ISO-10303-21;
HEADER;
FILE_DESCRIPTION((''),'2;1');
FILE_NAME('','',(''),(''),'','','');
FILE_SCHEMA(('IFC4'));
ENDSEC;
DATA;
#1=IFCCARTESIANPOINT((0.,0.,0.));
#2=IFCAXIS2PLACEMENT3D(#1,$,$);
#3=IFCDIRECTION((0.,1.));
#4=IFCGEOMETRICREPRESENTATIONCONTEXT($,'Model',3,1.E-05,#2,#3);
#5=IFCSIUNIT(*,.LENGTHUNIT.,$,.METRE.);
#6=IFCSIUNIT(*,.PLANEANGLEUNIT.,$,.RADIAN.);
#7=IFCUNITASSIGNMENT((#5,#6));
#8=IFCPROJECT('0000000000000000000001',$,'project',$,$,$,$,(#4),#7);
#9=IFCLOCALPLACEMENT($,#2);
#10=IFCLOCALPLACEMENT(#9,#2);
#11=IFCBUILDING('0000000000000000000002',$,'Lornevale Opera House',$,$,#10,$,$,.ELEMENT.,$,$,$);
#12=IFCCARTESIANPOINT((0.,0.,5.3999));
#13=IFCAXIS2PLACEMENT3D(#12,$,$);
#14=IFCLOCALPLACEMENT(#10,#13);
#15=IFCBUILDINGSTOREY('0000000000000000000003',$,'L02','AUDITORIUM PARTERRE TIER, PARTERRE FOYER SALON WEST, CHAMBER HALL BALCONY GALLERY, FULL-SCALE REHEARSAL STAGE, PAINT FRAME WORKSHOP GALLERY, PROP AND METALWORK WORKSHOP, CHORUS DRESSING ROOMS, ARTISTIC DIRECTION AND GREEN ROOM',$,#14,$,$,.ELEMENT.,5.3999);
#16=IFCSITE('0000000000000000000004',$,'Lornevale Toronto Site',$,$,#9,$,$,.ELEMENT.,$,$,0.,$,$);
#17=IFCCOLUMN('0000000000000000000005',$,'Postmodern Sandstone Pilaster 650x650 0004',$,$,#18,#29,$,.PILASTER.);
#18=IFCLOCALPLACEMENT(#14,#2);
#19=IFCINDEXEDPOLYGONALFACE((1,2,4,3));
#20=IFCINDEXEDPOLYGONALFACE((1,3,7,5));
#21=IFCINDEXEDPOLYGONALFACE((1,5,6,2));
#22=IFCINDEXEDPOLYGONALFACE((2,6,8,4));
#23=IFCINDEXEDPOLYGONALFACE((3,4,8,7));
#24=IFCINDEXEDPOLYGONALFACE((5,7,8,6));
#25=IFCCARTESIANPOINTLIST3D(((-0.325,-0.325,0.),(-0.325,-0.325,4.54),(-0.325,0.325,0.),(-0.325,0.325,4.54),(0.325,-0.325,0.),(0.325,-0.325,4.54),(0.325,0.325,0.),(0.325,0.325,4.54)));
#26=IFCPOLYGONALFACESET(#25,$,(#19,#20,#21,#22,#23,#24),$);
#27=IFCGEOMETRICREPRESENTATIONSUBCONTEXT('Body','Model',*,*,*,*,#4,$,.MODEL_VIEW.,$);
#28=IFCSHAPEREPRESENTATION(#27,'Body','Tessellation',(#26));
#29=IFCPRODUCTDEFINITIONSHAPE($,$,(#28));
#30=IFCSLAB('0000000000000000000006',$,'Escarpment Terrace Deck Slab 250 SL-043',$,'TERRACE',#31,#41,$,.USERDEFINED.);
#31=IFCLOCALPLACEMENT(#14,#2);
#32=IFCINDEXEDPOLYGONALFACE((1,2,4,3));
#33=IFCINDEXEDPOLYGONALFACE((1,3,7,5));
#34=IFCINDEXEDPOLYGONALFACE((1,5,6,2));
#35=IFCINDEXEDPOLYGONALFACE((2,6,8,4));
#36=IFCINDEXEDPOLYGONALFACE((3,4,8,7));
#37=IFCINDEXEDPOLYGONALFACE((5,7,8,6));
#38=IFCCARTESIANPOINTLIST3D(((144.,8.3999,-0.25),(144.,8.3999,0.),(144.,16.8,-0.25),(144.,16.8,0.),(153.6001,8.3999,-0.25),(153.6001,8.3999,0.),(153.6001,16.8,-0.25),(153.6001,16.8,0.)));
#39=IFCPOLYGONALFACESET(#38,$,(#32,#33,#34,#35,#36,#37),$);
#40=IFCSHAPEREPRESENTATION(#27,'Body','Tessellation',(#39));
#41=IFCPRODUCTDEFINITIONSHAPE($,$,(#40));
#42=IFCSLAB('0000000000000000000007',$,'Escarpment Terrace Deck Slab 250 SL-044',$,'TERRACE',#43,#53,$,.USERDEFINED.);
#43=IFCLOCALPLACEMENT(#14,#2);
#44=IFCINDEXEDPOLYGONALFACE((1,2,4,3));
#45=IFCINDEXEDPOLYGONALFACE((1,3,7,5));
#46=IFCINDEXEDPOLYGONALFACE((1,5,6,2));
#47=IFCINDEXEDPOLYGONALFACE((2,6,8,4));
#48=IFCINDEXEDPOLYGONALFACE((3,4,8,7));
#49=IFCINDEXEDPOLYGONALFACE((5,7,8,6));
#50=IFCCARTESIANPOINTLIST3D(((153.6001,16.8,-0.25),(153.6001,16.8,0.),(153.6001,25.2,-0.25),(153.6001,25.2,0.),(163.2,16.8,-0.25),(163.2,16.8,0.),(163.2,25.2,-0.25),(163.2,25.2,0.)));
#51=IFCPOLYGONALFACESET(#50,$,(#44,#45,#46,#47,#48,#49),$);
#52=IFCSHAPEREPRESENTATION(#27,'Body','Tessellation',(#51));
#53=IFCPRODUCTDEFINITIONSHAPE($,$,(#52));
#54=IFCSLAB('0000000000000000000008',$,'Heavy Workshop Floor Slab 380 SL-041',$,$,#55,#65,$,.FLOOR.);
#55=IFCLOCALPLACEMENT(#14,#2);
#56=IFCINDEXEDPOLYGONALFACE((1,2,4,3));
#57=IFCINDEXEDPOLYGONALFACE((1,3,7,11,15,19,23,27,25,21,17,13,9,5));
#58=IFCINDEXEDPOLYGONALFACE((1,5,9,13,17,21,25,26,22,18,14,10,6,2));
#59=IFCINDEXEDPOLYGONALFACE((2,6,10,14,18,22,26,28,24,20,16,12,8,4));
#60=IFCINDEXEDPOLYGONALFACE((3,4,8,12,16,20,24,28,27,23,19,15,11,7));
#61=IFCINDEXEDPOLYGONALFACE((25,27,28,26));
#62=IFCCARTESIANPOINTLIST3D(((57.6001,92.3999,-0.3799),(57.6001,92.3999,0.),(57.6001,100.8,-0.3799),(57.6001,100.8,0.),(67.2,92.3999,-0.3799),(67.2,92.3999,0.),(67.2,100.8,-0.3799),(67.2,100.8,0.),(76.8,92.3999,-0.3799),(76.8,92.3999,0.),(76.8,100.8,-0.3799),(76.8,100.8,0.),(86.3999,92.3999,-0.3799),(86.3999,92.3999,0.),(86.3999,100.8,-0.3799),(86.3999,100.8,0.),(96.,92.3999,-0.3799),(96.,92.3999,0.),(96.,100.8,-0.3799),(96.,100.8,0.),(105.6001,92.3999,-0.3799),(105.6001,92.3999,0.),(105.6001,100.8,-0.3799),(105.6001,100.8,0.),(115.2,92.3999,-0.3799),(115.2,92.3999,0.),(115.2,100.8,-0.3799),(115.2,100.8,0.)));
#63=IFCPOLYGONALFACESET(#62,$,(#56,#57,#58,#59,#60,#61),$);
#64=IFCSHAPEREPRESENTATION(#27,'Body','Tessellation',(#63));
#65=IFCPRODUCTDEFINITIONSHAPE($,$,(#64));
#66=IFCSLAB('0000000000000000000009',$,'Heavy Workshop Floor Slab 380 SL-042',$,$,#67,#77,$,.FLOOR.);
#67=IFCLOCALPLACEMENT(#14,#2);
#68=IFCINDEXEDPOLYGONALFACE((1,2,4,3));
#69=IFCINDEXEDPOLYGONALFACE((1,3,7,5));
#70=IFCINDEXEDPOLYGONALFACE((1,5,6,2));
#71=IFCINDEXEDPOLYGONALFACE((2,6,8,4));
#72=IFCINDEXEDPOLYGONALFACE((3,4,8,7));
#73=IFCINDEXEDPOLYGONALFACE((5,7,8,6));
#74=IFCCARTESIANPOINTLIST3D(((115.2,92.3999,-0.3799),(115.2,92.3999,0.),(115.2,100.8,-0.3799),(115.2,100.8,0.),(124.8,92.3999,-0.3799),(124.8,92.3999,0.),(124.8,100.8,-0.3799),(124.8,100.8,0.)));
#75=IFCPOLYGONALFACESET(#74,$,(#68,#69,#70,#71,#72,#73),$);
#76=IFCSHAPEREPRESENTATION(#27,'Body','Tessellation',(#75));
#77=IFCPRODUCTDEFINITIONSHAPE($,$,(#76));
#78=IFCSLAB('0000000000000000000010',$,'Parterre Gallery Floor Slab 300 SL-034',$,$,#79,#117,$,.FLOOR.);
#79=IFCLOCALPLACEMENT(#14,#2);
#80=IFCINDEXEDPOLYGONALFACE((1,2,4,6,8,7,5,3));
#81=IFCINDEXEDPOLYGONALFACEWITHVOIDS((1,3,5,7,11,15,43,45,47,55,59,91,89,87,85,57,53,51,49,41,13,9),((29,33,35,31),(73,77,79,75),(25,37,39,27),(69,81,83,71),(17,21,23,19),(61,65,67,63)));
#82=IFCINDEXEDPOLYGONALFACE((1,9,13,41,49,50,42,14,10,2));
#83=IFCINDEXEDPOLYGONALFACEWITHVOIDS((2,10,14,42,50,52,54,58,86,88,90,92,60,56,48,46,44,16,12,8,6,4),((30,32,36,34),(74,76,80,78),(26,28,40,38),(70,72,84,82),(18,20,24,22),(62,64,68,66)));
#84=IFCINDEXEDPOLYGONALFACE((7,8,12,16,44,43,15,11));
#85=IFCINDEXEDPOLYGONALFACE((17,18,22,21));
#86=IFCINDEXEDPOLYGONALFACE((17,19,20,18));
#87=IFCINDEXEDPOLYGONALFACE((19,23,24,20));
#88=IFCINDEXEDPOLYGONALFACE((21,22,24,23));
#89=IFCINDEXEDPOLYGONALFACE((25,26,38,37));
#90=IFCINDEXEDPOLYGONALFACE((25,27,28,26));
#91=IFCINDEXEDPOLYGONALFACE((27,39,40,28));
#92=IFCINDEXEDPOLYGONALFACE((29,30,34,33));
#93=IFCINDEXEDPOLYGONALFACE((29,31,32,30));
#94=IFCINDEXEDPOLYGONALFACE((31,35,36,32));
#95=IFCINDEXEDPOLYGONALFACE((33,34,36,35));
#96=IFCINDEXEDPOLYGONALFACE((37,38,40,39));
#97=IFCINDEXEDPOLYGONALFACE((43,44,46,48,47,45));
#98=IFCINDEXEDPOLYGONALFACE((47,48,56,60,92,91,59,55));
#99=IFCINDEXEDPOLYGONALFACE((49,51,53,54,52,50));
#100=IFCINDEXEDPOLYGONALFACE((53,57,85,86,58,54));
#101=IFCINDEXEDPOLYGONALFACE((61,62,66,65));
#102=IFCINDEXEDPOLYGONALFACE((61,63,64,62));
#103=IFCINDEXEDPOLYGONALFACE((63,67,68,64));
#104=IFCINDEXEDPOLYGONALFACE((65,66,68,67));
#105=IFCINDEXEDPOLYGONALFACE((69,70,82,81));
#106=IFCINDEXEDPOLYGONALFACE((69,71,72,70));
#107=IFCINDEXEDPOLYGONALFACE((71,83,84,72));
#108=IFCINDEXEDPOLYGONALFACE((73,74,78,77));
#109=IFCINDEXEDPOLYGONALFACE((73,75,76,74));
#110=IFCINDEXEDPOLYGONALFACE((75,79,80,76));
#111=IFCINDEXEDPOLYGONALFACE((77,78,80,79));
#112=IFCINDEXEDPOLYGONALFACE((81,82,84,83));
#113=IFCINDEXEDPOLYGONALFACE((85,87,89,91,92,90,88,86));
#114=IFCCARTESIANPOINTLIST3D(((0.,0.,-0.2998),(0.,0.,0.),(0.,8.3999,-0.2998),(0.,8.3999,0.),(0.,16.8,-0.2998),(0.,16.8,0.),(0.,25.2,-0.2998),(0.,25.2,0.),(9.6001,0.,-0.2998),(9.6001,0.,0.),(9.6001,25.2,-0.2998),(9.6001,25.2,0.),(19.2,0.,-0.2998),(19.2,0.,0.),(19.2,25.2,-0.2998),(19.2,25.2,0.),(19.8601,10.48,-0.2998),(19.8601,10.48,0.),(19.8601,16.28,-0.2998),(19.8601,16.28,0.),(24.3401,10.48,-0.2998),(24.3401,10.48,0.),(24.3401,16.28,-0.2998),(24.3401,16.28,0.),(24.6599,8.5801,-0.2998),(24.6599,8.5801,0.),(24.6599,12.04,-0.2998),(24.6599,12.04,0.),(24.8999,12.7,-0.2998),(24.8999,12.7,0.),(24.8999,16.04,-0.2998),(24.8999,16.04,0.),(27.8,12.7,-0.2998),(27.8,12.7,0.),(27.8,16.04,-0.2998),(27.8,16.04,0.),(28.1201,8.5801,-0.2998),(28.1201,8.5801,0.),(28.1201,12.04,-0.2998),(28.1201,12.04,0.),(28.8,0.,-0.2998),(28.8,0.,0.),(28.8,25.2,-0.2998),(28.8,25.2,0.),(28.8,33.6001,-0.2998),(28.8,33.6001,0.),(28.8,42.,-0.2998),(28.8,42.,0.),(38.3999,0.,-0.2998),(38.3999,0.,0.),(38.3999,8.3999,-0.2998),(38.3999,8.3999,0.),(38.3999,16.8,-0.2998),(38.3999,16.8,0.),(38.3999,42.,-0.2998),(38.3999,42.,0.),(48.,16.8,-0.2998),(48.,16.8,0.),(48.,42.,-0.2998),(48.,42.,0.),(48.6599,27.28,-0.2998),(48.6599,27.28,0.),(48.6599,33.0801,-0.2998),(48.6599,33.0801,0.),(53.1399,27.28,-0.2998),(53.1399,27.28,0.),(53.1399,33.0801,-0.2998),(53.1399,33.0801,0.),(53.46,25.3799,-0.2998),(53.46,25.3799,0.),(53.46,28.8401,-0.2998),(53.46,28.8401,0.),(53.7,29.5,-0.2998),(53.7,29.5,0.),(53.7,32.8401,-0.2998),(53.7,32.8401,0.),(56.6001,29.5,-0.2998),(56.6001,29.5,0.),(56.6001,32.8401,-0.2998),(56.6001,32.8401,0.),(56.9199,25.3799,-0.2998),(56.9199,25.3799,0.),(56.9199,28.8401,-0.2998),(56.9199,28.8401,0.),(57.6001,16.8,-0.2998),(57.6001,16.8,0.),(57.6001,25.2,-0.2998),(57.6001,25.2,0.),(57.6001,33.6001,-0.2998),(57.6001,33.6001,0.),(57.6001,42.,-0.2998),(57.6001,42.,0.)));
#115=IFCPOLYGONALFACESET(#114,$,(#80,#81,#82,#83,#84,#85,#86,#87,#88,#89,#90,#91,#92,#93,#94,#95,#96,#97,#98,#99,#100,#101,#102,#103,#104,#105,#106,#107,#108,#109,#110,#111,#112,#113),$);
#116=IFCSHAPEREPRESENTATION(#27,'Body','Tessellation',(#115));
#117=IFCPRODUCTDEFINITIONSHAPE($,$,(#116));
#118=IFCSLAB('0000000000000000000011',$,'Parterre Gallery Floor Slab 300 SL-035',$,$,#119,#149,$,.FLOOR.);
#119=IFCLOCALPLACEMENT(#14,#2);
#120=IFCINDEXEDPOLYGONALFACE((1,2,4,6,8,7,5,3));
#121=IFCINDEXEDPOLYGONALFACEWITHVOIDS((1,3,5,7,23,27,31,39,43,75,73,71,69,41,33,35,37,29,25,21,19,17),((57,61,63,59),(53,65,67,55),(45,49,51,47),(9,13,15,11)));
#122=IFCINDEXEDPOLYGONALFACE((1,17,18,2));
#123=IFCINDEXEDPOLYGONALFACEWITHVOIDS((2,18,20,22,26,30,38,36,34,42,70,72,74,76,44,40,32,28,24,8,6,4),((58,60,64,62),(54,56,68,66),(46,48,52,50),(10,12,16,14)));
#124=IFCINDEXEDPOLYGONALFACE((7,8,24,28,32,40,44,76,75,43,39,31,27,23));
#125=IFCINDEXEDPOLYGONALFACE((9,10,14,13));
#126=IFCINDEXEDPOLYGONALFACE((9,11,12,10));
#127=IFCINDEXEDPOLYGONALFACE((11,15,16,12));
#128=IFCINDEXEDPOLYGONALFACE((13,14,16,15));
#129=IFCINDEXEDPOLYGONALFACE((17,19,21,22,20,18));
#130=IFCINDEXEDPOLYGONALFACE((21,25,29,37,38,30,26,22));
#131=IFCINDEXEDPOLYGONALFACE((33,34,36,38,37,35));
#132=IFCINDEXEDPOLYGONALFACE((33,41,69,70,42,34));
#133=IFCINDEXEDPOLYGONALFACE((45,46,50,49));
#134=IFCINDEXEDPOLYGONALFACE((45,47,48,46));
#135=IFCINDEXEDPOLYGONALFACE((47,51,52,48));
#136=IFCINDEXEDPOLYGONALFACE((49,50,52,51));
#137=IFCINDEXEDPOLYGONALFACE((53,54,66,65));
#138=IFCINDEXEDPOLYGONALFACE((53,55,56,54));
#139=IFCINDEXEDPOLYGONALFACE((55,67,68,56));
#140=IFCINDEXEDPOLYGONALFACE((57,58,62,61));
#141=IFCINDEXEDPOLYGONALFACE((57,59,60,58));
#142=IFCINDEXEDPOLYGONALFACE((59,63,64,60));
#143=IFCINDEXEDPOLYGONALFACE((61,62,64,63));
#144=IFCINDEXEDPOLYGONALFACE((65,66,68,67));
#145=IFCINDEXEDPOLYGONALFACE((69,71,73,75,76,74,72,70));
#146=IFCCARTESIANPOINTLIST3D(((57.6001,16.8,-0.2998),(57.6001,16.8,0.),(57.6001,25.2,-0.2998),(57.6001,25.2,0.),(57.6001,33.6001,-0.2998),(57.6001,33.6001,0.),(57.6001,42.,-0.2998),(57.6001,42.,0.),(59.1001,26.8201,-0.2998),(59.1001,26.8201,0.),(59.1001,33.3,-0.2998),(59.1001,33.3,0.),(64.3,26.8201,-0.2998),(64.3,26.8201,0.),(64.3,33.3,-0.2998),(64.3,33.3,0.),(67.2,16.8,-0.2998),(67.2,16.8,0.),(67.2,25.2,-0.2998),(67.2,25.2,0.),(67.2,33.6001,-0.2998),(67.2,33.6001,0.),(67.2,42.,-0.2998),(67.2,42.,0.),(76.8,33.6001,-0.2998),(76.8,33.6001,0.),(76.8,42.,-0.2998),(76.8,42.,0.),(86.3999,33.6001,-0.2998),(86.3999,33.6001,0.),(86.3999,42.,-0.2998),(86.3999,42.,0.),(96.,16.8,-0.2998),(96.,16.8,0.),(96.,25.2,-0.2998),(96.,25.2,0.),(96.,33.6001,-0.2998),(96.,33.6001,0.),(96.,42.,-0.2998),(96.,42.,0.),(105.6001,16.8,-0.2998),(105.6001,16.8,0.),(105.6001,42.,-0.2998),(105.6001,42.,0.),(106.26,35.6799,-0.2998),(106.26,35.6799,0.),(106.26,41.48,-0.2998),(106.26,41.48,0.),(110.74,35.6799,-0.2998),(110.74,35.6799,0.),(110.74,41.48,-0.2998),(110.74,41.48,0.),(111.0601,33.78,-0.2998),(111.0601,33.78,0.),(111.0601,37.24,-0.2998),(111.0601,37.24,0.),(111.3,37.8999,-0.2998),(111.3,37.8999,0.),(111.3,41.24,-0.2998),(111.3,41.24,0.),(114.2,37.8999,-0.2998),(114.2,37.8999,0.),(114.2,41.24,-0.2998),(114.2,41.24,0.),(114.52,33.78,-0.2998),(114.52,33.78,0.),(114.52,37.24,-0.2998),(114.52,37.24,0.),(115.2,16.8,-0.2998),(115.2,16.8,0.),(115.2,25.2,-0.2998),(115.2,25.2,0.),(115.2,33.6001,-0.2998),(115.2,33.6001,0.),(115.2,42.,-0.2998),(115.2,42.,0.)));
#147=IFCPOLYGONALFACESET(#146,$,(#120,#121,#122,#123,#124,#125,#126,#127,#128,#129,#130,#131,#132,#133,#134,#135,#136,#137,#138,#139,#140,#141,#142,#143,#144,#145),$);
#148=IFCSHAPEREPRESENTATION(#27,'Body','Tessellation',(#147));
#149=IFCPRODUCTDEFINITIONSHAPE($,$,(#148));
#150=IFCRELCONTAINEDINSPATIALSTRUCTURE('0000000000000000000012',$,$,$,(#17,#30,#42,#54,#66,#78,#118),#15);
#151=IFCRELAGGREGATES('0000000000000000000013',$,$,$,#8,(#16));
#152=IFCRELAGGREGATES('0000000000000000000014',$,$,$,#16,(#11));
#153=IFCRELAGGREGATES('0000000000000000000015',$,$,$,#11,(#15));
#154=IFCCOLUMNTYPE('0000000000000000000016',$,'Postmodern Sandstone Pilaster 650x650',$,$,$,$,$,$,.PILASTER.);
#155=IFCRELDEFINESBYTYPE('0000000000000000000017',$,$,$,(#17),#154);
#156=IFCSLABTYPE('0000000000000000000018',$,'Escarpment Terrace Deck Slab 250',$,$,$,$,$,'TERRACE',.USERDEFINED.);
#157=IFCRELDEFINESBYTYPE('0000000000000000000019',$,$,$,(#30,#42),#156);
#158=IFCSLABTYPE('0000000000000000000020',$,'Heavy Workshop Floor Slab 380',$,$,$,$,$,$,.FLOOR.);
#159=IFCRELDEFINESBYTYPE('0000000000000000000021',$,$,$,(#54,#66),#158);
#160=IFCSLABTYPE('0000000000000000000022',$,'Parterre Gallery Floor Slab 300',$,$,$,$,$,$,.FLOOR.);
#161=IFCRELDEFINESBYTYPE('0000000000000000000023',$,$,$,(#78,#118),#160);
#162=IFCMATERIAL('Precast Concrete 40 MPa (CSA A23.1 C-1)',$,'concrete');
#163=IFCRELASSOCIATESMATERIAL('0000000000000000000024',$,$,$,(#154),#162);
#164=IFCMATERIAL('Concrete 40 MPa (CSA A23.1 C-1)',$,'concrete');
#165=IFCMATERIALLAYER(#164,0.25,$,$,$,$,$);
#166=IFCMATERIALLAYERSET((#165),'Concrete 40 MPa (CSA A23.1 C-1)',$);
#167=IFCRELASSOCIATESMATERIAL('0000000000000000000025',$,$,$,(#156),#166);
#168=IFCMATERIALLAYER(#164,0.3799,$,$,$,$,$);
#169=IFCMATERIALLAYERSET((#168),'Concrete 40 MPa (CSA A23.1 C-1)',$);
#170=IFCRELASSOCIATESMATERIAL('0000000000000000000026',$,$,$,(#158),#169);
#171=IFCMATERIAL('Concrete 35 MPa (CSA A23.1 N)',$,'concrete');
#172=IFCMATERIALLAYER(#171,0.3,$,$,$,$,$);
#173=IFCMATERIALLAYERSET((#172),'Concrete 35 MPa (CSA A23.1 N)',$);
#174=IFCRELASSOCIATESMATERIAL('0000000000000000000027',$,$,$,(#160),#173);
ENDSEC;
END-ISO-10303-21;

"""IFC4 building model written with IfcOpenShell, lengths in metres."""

from ifc_helpers import new_model, si_unit, direction, frame, origin, origin_with_axes, origin_2d, place, context, subcontext, project, spatial, polyline, rectangle, outline, extrude, material, layer, layer_set, material_profile, profile_set, type_object, element, save


model = new_model("IFC4")

# Units and contexts
model_context = context("Model", 3, precision=1e-05, world=origin(), true_north=direction((0.0, 1.0)))
body_context = subcontext(model_context, "Body", "Model", "MODEL_VIEW")
ifc_project = project(units=[si_unit("LENGTHUNIT", "METRE"), si_unit("PLANEANGLEUNIT", "RADIAN")], contexts=[model_context])

# Site, building, storey
site_placement = place(None, origin())
site = spatial("IfcSite", under=ifc_project, at=site_placement, Name="Lornevale Toronto Site", CompositionType="ELEMENT", RefElevation=0.0)
building_placement = place(site_placement, origin())
building = spatial("IfcBuilding", under=site, at=building_placement, Name="Lornevale Opera House", CompositionType="ELEMENT")
storey_placement = place(building_placement, frame((0.0, 0.0, 5.3999)))
storey = spatial("IfcBuildingStorey", under=building, at=storey_placement, Name="L02", Description="AUDITORIUM PARTERRE TIER, PARTERRE FOYER SALON WEST, CHAMBER HALL BALCONY GALLERY, FULL-SCALE REHEARSAL STAGE, PAINT FRAME WORKSHOP GALLERY, PROP AND METALWORK WORKSHOP, CHORUS DRESSING ROOMS, ARTISTIC DIRECTION AND GREEN ROOM", CompositionType="ELEMENT", Elevation=5.3999)

# Column
ifc_material_1 = material(Name="Precast Concrete 40 MPa (CSA A23.1 C-1)", Category="concrete")
ifc_material_profile = material_profile(ifc_material_1, rectangle(XDim=0.6499, YDim=0.6499, at=origin_2d()), Name="RC650x650")
ifc_profile_set = profile_set([ifc_material_profile], Name="Precast Concrete 40 MPa (CSA A23.1 C-1)")
column_type = type_object("IfcColumnType", Name="Postmodern Sandstone Pilaster 650x650", PredefinedType="PILASTER", material=ifc_profile_set)
column_placement = place(storey_placement, origin_with_axes())
element("IfcColumn", 1, at=column_placement, inside=storey, type_object=column_type, Name="Postmodern Sandstone Pilaster 650x650 0004", PredefinedType="PILASTER", context=body_context, shape_type="SweptSolid", body=[
    extrude(rectangle(XDim=0.6499, YDim=0.6499, at=origin_2d()), origin(), (0.0, 0.0, 1.0), 4.54),
])

# Slabs
ifc_material_2 = material(Name="Concrete 40 MPa (CSA A23.1 C-1)", Category="concrete")
ifc_layer_1 = layer(ifc_material_2, 0.25)
ifc_layer_set_1 = layer_set([ifc_layer_1], Name="Concrete 40 MPa (CSA A23.1 C-1)")
slab_type_1 = type_object("IfcSlabType", Name="Escarpment Terrace Deck Slab 250", ElementType="TERRACE", PredefinedType="USERDEFINED", material=ifc_layer_set_1)
slab_1_placement = place(storey_placement, frame((0.0, 0.0, -0.25)))
element("IfcSlab", 2, at=slab_1_placement, inside=storey, type_object=slab_type_1, Name="Escarpment Terrace Deck Slab 250 SL-043", ObjectType="TERRACE", PredefinedType="USERDEFINED", context=body_context, shape_type="SweptSolid", body=[
    extrude(outline(polyline([(153.6001, 8.3999), (144.0, 8.3999), (144.0, 16.8), (153.6001, 16.8), (153.6001, 8.3999)])), origin(), (0.0, 0.0, 1.0), 0.25),
])
slab_2_placement = place(storey_placement, frame((0.0, 0.0, -0.25)))
element("IfcSlab", 3, at=slab_2_placement, inside=storey, type_object=slab_type_1, Name="Escarpment Terrace Deck Slab 250 SL-044", ObjectType="TERRACE", PredefinedType="USERDEFINED", context=body_context, shape_type="SweptSolid", body=[
    extrude(outline(polyline([(153.6001, 25.2), (163.2, 25.2), (163.2, 16.8), (153.6001, 16.8), (153.6001, 25.2)])), origin(), (0.0, 0.0, 1.0), 0.25),
])
ifc_layer_2 = layer(ifc_material_2, 0.3799)
ifc_layer_set_2 = layer_set([ifc_layer_2], Name="Concrete 40 MPa (CSA A23.1 C-1)")
slab_type_2 = type_object("IfcSlabType", Name="Heavy Workshop Floor Slab 380", PredefinedType="FLOOR", material=ifc_layer_set_2)
slab_3_placement = place(storey_placement, frame((0.0, 0.0, -0.3799)))
element("IfcSlab", 4, at=slab_3_placement, inside=storey, type_object=slab_type_2, Name="Heavy Workshop Floor Slab 380 SL-041", PredefinedType="FLOOR", context=body_context, shape_type="SweptSolid", body=[
    extrude(outline(polyline([(57.6001, 100.8), (67.2, 100.8), (76.8, 100.8), (86.3999, 100.8), (96.0, 100.8), (105.6001, 100.8), (115.2, 100.8), (115.2, 92.3999), (105.6001, 92.3999), (96.0, 92.3999), (86.3999, 92.3999), (76.8, 92.3999), (67.2, 92.3999), (57.6001, 92.3999), (57.6001, 100.8)])), origin(), (0.0, 0.0, 1.0), 0.3799),
])
slab_4_placement = place(storey_placement, frame((0.0, 0.0, -0.3799)))
element("IfcSlab", 5, at=slab_4_placement, inside=storey, type_object=slab_type_2, Name="Heavy Workshop Floor Slab 380 SL-042", PredefinedType="FLOOR", context=body_context, shape_type="SweptSolid", body=[
    extrude(outline(polyline([(124.8, 92.3999), (124.8, 100.8), (115.2, 100.8), (115.2, 92.3999), (124.8, 92.3999)])), origin(), (0.0, 0.0, 1.0), 0.3799),
])
ifc_material_3 = material(Name="Concrete 35 MPa (CSA A23.1 N)", Category="concrete")
ifc_layer_3 = layer(ifc_material_3, 0.3)
ifc_layer_set_3 = layer_set([ifc_layer_3], Name="Concrete 35 MPa (CSA A23.1 N)")
slab_type_3 = type_object("IfcSlabType", Name="Parterre Gallery Floor Slab 300", PredefinedType="FLOOR", material=ifc_layer_set_3)
slab_5_placement = place(storey_placement, frame((0.0, 0.0, -0.2998)))
element("IfcSlab", 6, at=slab_5_placement, inside=storey, type_object=slab_type_3, Name="Parterre Gallery Floor Slab 300 SL-034", PredefinedType="FLOOR", context=body_context, shape_type="SweptSolid", body=[
    extrude(outline(polyline([(0.0, 25.2), (9.6001, 25.2), (19.2, 25.2), (28.8, 25.2), (28.8, 33.6001), (28.8, 42.0), (38.3999, 42.0), (48.0, 42.0), (57.6001, 42.0), (57.6001, 33.6001), (57.6001, 25.2), (57.6001, 16.8), (48.0, 16.8), (38.3999, 16.8), (38.3999, 8.3999), (38.3999, 0.0), (28.8, 0.0), (19.2, 0.0), (9.6001, 0.0), (0.0, 0.0), (0.0, 8.3999), (0.0, 16.8), (0.0, 25.2)]), holes=[polyline([(53.46, 25.3799), (56.9199, 25.3799), (56.9199, 28.8401), (53.46, 28.8401), (53.46, 25.3799)]), polyline([(48.6599, 27.28), (53.1399, 27.28), (53.1399, 33.0801), (48.6599, 33.0801), (48.6599, 27.28)]), polyline([(24.6599, 8.5801), (28.1201, 8.5801), (28.1201, 12.04), (24.6599, 12.04), (24.6599, 8.5801)]), polyline([(19.8601, 10.48), (24.3401, 10.48), (24.3401, 16.28), (19.8601, 16.28), (19.8601, 10.48)]), polyline([(53.7, 29.5), (56.6001, 29.5), (56.6001, 32.8401), (53.7, 32.8401), (53.7, 29.5)]), polyline([(24.8999, 12.7), (27.8, 12.7), (27.8, 16.04), (24.8999, 16.04), (24.8999, 12.7)])]), origin(), (0.0, 0.0, 1.0), 0.2998),
])
slab_6_placement = place(storey_placement, frame((0.0, 0.0, -0.2998)))
element("IfcSlab", 7, at=slab_6_placement, inside=storey, type_object=slab_type_3, Name="Parterre Gallery Floor Slab 300 SL-035", PredefinedType="FLOOR", context=body_context, shape_type="SweptSolid", body=[
    extrude(outline(polyline([(57.6001, 25.2), (57.6001, 33.6001), (57.6001, 42.0), (67.2, 42.0), (76.8, 42.0), (86.3999, 42.0), (96.0, 42.0), (105.6001, 42.0), (115.2, 42.0), (115.2, 33.6001), (115.2, 25.2), (115.2, 16.8), (105.6001, 16.8), (96.0, 16.8), (96.0, 25.2), (96.0, 33.6001), (86.3999, 33.6001), (76.8, 33.6001), (67.2, 33.6001), (67.2, 25.2), (67.2, 16.8), (57.6001, 16.8), (57.6001, 25.2)]), holes=[polyline([(111.0601, 33.78), (114.52, 33.78), (114.52, 37.24), (111.0601, 37.24), (111.0601, 33.78)]), polyline([(106.26, 35.6799), (110.74, 35.6799), (110.74, 41.48), (106.26, 41.48), (106.26, 35.6799)]), polyline([(59.1001, 26.8201), (64.3, 26.8201), (64.3, 33.3), (59.1001, 33.3), (59.1001, 26.8201)]), polyline([(111.3, 37.8999), (114.2, 37.8999), (114.2, 41.24), (111.3, 41.24), (111.3, 37.8999)])]), origin(), (0.0, 0.0, 1.0), 0.2998),
])

save(model, "model.ifc")
